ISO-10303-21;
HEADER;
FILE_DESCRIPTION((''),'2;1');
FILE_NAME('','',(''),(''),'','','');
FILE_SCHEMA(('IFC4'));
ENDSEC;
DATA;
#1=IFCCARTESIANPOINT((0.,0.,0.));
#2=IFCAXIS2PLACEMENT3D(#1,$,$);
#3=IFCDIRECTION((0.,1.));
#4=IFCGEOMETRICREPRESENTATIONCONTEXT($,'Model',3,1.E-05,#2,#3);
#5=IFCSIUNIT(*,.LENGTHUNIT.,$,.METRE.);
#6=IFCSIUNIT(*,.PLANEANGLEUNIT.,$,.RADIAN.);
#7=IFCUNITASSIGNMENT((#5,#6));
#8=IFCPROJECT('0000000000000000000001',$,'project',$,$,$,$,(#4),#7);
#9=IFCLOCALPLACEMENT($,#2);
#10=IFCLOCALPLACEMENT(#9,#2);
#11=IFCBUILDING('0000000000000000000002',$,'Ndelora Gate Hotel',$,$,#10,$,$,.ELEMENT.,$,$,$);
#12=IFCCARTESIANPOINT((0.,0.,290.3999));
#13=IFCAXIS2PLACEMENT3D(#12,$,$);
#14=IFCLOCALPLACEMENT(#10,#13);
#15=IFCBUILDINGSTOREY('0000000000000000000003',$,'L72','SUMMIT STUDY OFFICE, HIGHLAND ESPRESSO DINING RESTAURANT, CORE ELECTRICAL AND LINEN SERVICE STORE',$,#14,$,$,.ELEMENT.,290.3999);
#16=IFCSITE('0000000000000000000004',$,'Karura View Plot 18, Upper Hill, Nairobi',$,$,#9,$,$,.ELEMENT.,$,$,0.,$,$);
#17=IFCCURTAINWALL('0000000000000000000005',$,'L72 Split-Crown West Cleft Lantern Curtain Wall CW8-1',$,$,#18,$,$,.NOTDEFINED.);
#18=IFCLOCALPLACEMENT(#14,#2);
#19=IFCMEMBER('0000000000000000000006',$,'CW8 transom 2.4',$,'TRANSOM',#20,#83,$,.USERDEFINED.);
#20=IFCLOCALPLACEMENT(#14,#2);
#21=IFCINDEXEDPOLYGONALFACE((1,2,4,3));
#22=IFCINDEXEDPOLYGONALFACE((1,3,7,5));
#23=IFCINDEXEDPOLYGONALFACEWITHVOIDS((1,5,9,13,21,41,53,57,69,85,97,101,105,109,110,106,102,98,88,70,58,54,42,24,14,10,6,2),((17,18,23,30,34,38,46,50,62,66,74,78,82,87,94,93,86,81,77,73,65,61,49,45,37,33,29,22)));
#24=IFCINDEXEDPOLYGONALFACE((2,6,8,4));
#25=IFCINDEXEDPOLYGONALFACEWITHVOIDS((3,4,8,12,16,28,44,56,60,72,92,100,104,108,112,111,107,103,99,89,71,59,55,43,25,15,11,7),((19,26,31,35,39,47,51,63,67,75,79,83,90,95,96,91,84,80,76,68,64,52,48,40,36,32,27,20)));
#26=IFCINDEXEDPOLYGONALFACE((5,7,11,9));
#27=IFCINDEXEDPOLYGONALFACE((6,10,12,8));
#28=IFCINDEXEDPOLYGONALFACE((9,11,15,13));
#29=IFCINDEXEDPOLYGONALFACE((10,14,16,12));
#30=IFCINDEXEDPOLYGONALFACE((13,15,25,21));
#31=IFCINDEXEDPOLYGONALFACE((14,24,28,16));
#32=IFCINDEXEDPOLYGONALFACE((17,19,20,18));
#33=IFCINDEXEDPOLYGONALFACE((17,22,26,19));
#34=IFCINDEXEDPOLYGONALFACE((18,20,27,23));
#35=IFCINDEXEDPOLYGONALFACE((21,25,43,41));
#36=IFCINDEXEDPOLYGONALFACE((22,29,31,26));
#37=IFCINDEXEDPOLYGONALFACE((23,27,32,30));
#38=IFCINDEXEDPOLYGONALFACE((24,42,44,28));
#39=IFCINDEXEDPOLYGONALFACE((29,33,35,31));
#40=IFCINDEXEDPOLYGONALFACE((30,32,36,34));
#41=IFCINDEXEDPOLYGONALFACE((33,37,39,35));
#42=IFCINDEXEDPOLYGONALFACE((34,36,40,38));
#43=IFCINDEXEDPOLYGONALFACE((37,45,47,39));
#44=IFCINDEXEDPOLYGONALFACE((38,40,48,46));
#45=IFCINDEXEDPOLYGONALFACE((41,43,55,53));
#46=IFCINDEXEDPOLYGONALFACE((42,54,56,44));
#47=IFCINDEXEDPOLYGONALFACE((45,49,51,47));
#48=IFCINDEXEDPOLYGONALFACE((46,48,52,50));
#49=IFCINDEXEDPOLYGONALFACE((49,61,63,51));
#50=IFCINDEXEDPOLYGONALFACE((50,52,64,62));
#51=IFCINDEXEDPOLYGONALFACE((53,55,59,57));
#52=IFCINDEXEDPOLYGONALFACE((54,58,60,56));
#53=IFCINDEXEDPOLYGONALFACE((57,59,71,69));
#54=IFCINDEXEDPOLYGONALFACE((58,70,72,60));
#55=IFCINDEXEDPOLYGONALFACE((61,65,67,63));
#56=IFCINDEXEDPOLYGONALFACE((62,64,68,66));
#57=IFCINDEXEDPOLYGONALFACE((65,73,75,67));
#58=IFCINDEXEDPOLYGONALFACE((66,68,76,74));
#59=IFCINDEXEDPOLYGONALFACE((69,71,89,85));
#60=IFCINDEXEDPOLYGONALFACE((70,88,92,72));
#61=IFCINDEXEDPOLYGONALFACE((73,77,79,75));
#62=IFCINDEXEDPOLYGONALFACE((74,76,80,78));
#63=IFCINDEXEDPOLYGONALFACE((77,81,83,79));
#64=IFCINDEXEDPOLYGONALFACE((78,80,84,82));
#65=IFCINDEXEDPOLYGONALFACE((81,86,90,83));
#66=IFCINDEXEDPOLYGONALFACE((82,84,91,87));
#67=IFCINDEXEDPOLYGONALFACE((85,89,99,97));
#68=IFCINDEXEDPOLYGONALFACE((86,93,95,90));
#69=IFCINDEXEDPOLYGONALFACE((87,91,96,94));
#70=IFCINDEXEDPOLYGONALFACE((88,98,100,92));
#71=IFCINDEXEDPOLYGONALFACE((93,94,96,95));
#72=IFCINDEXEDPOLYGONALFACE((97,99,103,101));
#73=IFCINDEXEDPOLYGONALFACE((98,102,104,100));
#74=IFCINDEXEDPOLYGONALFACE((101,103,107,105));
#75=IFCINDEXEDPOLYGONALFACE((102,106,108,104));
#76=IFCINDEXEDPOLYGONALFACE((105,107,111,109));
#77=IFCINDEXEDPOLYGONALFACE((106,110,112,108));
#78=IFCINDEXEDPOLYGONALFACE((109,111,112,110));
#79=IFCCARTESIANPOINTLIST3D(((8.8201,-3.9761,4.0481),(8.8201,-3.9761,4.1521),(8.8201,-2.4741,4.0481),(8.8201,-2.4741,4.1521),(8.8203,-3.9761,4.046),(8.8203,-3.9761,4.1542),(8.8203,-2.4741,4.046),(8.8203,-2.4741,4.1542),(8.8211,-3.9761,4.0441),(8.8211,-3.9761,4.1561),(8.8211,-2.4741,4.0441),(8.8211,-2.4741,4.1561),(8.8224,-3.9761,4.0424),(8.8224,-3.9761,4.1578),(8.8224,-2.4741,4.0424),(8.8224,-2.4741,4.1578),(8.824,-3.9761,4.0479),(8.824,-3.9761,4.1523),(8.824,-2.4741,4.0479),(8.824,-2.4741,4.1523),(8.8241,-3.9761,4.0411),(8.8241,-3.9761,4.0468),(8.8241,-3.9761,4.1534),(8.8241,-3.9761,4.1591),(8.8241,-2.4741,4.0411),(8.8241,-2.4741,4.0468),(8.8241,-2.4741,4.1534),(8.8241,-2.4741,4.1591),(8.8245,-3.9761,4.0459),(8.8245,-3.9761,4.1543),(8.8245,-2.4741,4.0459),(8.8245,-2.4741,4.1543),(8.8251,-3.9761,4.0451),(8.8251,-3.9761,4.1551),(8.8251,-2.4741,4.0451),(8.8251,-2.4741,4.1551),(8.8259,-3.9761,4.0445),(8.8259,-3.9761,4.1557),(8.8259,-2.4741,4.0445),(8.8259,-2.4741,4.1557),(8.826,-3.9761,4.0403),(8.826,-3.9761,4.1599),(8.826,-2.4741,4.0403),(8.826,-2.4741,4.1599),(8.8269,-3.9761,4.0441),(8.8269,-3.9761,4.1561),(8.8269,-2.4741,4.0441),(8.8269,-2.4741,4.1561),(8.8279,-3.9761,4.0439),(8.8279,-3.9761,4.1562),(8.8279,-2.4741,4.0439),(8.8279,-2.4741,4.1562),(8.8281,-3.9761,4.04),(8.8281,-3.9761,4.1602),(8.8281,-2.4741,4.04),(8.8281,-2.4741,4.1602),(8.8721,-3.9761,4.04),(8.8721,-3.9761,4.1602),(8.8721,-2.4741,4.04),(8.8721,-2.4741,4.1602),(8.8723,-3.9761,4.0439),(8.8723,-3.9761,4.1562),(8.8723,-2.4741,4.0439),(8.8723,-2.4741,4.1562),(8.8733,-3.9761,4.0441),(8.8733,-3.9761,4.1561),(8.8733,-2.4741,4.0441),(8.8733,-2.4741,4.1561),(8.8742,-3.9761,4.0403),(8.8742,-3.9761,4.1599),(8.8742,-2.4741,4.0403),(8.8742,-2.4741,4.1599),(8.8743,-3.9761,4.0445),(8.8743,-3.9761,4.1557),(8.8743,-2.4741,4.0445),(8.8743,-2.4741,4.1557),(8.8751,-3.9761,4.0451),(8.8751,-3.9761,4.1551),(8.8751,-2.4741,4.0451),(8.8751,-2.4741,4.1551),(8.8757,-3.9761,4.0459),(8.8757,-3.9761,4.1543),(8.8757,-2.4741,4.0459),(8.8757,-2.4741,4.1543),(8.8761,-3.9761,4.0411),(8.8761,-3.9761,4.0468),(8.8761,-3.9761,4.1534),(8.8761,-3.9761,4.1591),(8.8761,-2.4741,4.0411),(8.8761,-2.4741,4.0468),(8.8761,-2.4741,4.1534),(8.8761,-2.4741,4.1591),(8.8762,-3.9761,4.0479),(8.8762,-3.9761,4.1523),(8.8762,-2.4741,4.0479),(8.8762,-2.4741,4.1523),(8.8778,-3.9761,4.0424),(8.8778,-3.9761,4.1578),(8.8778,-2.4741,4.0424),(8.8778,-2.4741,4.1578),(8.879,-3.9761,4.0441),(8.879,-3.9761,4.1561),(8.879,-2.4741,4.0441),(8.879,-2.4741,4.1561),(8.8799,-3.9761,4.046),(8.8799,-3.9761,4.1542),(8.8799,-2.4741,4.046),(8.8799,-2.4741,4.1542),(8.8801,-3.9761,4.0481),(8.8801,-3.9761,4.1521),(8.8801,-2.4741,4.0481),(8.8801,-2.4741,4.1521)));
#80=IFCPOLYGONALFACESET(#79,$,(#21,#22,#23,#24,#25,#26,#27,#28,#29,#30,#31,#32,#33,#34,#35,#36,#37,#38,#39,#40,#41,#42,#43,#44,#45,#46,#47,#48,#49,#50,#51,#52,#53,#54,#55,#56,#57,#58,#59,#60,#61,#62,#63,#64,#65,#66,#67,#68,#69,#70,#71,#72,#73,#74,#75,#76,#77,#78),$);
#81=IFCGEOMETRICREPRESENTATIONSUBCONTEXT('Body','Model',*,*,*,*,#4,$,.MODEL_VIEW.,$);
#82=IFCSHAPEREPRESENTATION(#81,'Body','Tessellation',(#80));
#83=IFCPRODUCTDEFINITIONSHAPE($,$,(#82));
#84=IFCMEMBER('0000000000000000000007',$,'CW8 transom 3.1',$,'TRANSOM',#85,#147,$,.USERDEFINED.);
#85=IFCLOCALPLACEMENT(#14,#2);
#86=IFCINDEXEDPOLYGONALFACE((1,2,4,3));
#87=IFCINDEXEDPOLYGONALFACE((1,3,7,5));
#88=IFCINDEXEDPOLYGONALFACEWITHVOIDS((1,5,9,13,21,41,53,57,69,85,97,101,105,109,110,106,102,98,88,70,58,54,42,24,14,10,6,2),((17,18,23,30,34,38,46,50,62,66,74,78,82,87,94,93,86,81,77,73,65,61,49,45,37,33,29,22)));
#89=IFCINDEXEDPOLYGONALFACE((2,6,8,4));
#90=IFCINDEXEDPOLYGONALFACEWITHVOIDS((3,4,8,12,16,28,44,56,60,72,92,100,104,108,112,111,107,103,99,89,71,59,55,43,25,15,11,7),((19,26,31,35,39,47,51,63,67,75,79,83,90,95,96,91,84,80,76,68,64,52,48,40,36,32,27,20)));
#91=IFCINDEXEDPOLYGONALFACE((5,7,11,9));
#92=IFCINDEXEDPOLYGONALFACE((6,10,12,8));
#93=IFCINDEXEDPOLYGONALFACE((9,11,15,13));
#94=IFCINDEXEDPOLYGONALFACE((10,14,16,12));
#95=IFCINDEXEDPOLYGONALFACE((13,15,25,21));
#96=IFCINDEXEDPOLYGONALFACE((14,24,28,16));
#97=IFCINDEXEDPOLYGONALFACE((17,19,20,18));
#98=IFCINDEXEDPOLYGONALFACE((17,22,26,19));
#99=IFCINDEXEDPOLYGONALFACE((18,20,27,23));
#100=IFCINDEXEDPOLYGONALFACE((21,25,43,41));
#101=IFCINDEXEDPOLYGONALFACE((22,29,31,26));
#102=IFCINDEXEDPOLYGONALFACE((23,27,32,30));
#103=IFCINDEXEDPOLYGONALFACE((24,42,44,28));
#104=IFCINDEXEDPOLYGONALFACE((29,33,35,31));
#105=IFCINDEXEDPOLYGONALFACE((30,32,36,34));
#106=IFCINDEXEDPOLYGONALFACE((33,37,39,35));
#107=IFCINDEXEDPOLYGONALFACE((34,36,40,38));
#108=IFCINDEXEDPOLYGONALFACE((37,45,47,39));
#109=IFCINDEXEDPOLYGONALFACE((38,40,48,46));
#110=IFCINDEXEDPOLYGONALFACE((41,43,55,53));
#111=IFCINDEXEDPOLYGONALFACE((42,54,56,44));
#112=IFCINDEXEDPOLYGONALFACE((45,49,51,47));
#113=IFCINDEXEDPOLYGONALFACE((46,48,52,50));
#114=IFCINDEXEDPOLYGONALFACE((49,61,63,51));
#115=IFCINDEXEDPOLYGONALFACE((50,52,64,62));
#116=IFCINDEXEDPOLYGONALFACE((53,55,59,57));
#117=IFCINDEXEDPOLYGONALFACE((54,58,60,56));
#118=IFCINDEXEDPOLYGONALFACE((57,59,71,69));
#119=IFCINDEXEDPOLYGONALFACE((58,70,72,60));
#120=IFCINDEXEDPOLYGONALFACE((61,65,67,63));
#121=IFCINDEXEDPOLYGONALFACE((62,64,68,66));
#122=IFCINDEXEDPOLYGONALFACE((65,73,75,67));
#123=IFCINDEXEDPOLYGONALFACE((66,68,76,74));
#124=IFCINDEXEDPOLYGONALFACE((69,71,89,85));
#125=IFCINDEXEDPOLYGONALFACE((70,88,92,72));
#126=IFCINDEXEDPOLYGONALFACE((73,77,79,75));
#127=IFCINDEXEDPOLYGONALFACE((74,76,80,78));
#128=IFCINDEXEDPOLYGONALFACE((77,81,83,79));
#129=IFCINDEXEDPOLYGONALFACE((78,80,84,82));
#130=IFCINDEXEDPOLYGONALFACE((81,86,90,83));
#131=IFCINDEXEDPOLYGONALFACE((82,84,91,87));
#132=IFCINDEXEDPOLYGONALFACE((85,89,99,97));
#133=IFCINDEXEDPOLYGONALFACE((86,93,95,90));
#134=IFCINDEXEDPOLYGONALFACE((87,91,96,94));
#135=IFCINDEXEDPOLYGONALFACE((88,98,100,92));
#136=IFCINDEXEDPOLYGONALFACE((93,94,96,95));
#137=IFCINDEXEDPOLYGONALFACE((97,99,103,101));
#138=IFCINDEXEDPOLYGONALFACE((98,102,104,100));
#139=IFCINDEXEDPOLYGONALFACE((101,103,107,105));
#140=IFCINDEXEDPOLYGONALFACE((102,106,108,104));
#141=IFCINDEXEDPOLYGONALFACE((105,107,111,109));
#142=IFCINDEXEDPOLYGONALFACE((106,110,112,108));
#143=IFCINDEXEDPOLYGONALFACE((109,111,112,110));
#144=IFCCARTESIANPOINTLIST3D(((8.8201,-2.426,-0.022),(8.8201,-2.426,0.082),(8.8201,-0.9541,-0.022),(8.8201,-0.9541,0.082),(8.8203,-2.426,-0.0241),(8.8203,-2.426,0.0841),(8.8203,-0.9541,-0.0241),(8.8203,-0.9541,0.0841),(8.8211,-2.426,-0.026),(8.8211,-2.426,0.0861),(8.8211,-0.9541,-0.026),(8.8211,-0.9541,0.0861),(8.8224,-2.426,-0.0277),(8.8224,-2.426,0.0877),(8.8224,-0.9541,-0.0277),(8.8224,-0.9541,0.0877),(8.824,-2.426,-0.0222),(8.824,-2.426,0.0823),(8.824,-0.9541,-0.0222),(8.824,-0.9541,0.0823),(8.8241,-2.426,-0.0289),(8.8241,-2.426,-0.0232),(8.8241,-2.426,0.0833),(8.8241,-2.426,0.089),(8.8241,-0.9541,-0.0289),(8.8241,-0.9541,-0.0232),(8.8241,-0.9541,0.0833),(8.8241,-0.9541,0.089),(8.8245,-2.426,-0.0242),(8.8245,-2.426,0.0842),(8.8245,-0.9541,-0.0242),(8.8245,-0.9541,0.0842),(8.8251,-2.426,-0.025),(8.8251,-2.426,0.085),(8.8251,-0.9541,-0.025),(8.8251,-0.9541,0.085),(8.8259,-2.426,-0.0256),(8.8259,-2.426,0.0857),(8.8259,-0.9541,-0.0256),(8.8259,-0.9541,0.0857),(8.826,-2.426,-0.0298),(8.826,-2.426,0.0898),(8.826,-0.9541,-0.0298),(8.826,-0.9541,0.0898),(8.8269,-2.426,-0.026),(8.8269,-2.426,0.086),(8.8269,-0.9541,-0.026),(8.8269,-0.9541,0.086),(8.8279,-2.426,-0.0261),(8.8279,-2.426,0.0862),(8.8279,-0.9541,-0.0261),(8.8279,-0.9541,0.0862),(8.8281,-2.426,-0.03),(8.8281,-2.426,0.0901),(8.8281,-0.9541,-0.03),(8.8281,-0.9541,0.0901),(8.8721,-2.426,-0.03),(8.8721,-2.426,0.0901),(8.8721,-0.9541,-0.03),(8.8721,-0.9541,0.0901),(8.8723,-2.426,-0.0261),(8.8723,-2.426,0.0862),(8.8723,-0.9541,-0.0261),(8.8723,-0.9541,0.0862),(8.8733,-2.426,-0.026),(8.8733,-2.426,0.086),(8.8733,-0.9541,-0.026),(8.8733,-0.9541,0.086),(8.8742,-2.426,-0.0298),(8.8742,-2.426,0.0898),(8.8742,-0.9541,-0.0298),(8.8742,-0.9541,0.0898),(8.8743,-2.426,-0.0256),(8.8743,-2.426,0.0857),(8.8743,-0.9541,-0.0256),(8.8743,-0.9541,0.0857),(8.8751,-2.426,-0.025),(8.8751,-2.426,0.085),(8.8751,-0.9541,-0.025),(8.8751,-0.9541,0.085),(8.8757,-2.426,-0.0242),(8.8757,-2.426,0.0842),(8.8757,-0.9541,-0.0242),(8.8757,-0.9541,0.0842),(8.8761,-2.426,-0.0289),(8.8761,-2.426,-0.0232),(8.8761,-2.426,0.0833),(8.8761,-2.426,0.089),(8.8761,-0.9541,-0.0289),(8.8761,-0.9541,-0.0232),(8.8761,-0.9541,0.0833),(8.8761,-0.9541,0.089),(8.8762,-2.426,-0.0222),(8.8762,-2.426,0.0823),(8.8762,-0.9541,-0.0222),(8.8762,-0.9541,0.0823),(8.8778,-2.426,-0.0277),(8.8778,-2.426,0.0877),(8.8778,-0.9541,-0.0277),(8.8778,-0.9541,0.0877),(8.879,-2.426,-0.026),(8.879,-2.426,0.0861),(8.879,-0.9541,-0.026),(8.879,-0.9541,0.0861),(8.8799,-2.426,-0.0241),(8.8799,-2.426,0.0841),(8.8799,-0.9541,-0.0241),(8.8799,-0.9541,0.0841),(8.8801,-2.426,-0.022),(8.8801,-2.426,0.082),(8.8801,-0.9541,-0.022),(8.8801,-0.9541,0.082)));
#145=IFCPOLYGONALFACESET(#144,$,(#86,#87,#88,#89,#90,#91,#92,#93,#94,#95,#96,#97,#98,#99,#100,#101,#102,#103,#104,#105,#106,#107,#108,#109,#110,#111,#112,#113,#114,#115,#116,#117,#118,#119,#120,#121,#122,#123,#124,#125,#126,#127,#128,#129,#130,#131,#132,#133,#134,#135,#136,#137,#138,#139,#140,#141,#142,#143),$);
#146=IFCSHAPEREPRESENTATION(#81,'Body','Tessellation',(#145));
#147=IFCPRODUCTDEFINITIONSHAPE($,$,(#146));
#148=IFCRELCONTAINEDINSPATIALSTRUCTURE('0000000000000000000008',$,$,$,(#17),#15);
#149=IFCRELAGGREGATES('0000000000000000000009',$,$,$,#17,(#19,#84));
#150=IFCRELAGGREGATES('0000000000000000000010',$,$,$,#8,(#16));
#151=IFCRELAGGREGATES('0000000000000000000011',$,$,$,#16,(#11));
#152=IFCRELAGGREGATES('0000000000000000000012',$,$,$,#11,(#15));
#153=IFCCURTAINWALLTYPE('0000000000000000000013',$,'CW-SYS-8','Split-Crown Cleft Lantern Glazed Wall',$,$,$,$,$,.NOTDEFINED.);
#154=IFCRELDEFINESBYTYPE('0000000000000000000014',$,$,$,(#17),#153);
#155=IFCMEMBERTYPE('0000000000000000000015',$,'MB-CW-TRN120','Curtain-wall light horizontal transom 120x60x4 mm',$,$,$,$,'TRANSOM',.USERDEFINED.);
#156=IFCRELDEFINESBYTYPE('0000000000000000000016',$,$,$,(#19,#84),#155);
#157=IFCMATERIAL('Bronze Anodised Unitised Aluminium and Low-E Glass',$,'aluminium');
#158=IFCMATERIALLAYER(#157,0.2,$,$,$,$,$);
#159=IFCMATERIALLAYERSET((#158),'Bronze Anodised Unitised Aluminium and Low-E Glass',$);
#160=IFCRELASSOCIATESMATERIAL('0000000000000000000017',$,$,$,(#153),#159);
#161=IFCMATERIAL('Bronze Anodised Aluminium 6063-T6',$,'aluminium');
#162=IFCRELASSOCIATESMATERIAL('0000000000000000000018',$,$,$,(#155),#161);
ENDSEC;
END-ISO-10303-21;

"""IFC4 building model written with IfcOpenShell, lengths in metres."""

from ifc_helpers import new_model, si_unit, direction, frame, origin, origin_2d, place, context, subcontext, project, spatial, hollow_rectangle, extrude, material, layer, layer_set, material_profile, profile_set, type_object, element, aggregate, save


model = new_model("IFC4")

# Units and contexts
model_context = context("Model", 3, precision=1e-05, world=origin(), true_north=direction((0.0, 1.0)))
body_context = subcontext(model_context, "Body", "Model", "MODEL_VIEW")
ifc_project = project(units=[si_unit("LENGTHUNIT", "METRE"), si_unit("PLANEANGLEUNIT", "RADIAN")], contexts=[model_context])

# Site, building, storey
site_placement = place(None, origin())
site = spatial("IfcSite", under=ifc_project, at=site_placement, Name="Karura View Plot 18, Upper Hill, Nairobi", CompositionType="ELEMENT", RefElevation=0.0)
building_placement = place(site_placement, origin())
building = spatial("IfcBuilding", under=site, at=building_placement, Name="Ndelora Gate Hotel", CompositionType="ELEMENT")
storey_placement = place(building_placement, frame((0.0, 0.0, 290.3999)))
storey = spatial("IfcBuildingStorey", under=building, at=storey_placement, Name="L72", Description="SUMMIT STUDY OFFICE, HIGHLAND ESPRESSO DINING RESTAURANT, CORE ELECTRICAL AND LINEN SERVICE STORE", CompositionType="ELEMENT", Elevation=290.3999)

# Curtain wall, members
ifc_material_1 = material(Name="Bronze Anodised Unitised Aluminium and Low-E Glass", Category="aluminium")
ifc_layer_1 = layer(ifc_material_1, 0.2)
ifc_layer_set_1 = layer_set([ifc_layer_1], Name="Bronze Anodised Unitised Aluminium and Low-E Glass")
curtain_wall_type = type_object("IfcCurtainWallType", Name="CW-SYS-8", Description="Split-Crown Cleft Lantern Glazed Wall", PredefinedType="NOTDEFINED", material=ifc_layer_set_1)
curtain_wall_placement = place(storey_placement, origin())
curtain_wall = element("IfcCurtainWall", 1, at=curtain_wall_placement, inside=storey, type_object=curtain_wall_type, Name="L72 Split-Crown West Cleft Lantern Curtain Wall CW8-1", PredefinedType="NOTDEFINED")
ifc_material_2 = material(Name="Bronze Anodised Aluminium 6063-T6", Category="aluminium")
ifc_material_profile_1 = material_profile(ifc_material_2, hollow_rectangle(XDim=0.0601, YDim=0.1201, WallThickness=0.0039, InnerFilletRadius=0.0039, OuterFilletRadius=0.0081, at=origin_2d()), Name="ALU 120x60x4")
ifc_profile_set_1 = profile_set([ifc_material_profile_1], Name="Bronze Anodised Aluminium 6063-T6")
member_type_1 = type_object("IfcMemberType", Name="MB-CW-TRN120", Description="Curtain-wall light horizontal transom 120x60x4 mm", ElementType="TRANSOM", PredefinedType="USERDEFINED", material=ifc_profile_set_1)
member_1_placement = place(storey_placement, frame((8.8501, -3.9761, 4.1001), z_axis=(0.0, 1.0, 0.0), x_axis=(-1.0, 0.0, 0.0)))
member_1 = element("IfcMember", 2, at=member_1_placement, type_object=member_type_1, Name="CW8 transom 2.4", ObjectType="TRANSOM", PredefinedType="USERDEFINED", context=body_context, shape_type="SweptSolid", body=[
    extrude(hollow_rectangle(XDim=0.0601, YDim=0.1201, WallThickness=0.0039, InnerFilletRadius=0.0039, OuterFilletRadius=0.0081, at=origin_2d()), origin(), (0.0, 0.0, 1.0), 1.502),
])
member_2_placement = place(storey_placement, frame((8.8501, -2.426, 0.03), z_axis=(0.0, 1.0, 0.0), x_axis=(-1.0, 0.0, 0.0)))
member_2 = element("IfcMember", 3, at=member_2_placement, type_object=member_type_1, Name="CW8 transom 3.1", ObjectType="TRANSOM", PredefinedType="USERDEFINED", context=body_context, shape_type="SweptSolid", body=[
    extrude(hollow_rectangle(XDim=0.0601, YDim=0.1201, WallThickness=0.0039, InnerFilletRadius=0.0039, OuterFilletRadius=0.0081, at=origin_2d()), origin(), (0.0, 0.0, 1.0), 1.4719),
])
aggregate(curtain_wall, [member_1, member_2])

save(model, "model.ifc")
